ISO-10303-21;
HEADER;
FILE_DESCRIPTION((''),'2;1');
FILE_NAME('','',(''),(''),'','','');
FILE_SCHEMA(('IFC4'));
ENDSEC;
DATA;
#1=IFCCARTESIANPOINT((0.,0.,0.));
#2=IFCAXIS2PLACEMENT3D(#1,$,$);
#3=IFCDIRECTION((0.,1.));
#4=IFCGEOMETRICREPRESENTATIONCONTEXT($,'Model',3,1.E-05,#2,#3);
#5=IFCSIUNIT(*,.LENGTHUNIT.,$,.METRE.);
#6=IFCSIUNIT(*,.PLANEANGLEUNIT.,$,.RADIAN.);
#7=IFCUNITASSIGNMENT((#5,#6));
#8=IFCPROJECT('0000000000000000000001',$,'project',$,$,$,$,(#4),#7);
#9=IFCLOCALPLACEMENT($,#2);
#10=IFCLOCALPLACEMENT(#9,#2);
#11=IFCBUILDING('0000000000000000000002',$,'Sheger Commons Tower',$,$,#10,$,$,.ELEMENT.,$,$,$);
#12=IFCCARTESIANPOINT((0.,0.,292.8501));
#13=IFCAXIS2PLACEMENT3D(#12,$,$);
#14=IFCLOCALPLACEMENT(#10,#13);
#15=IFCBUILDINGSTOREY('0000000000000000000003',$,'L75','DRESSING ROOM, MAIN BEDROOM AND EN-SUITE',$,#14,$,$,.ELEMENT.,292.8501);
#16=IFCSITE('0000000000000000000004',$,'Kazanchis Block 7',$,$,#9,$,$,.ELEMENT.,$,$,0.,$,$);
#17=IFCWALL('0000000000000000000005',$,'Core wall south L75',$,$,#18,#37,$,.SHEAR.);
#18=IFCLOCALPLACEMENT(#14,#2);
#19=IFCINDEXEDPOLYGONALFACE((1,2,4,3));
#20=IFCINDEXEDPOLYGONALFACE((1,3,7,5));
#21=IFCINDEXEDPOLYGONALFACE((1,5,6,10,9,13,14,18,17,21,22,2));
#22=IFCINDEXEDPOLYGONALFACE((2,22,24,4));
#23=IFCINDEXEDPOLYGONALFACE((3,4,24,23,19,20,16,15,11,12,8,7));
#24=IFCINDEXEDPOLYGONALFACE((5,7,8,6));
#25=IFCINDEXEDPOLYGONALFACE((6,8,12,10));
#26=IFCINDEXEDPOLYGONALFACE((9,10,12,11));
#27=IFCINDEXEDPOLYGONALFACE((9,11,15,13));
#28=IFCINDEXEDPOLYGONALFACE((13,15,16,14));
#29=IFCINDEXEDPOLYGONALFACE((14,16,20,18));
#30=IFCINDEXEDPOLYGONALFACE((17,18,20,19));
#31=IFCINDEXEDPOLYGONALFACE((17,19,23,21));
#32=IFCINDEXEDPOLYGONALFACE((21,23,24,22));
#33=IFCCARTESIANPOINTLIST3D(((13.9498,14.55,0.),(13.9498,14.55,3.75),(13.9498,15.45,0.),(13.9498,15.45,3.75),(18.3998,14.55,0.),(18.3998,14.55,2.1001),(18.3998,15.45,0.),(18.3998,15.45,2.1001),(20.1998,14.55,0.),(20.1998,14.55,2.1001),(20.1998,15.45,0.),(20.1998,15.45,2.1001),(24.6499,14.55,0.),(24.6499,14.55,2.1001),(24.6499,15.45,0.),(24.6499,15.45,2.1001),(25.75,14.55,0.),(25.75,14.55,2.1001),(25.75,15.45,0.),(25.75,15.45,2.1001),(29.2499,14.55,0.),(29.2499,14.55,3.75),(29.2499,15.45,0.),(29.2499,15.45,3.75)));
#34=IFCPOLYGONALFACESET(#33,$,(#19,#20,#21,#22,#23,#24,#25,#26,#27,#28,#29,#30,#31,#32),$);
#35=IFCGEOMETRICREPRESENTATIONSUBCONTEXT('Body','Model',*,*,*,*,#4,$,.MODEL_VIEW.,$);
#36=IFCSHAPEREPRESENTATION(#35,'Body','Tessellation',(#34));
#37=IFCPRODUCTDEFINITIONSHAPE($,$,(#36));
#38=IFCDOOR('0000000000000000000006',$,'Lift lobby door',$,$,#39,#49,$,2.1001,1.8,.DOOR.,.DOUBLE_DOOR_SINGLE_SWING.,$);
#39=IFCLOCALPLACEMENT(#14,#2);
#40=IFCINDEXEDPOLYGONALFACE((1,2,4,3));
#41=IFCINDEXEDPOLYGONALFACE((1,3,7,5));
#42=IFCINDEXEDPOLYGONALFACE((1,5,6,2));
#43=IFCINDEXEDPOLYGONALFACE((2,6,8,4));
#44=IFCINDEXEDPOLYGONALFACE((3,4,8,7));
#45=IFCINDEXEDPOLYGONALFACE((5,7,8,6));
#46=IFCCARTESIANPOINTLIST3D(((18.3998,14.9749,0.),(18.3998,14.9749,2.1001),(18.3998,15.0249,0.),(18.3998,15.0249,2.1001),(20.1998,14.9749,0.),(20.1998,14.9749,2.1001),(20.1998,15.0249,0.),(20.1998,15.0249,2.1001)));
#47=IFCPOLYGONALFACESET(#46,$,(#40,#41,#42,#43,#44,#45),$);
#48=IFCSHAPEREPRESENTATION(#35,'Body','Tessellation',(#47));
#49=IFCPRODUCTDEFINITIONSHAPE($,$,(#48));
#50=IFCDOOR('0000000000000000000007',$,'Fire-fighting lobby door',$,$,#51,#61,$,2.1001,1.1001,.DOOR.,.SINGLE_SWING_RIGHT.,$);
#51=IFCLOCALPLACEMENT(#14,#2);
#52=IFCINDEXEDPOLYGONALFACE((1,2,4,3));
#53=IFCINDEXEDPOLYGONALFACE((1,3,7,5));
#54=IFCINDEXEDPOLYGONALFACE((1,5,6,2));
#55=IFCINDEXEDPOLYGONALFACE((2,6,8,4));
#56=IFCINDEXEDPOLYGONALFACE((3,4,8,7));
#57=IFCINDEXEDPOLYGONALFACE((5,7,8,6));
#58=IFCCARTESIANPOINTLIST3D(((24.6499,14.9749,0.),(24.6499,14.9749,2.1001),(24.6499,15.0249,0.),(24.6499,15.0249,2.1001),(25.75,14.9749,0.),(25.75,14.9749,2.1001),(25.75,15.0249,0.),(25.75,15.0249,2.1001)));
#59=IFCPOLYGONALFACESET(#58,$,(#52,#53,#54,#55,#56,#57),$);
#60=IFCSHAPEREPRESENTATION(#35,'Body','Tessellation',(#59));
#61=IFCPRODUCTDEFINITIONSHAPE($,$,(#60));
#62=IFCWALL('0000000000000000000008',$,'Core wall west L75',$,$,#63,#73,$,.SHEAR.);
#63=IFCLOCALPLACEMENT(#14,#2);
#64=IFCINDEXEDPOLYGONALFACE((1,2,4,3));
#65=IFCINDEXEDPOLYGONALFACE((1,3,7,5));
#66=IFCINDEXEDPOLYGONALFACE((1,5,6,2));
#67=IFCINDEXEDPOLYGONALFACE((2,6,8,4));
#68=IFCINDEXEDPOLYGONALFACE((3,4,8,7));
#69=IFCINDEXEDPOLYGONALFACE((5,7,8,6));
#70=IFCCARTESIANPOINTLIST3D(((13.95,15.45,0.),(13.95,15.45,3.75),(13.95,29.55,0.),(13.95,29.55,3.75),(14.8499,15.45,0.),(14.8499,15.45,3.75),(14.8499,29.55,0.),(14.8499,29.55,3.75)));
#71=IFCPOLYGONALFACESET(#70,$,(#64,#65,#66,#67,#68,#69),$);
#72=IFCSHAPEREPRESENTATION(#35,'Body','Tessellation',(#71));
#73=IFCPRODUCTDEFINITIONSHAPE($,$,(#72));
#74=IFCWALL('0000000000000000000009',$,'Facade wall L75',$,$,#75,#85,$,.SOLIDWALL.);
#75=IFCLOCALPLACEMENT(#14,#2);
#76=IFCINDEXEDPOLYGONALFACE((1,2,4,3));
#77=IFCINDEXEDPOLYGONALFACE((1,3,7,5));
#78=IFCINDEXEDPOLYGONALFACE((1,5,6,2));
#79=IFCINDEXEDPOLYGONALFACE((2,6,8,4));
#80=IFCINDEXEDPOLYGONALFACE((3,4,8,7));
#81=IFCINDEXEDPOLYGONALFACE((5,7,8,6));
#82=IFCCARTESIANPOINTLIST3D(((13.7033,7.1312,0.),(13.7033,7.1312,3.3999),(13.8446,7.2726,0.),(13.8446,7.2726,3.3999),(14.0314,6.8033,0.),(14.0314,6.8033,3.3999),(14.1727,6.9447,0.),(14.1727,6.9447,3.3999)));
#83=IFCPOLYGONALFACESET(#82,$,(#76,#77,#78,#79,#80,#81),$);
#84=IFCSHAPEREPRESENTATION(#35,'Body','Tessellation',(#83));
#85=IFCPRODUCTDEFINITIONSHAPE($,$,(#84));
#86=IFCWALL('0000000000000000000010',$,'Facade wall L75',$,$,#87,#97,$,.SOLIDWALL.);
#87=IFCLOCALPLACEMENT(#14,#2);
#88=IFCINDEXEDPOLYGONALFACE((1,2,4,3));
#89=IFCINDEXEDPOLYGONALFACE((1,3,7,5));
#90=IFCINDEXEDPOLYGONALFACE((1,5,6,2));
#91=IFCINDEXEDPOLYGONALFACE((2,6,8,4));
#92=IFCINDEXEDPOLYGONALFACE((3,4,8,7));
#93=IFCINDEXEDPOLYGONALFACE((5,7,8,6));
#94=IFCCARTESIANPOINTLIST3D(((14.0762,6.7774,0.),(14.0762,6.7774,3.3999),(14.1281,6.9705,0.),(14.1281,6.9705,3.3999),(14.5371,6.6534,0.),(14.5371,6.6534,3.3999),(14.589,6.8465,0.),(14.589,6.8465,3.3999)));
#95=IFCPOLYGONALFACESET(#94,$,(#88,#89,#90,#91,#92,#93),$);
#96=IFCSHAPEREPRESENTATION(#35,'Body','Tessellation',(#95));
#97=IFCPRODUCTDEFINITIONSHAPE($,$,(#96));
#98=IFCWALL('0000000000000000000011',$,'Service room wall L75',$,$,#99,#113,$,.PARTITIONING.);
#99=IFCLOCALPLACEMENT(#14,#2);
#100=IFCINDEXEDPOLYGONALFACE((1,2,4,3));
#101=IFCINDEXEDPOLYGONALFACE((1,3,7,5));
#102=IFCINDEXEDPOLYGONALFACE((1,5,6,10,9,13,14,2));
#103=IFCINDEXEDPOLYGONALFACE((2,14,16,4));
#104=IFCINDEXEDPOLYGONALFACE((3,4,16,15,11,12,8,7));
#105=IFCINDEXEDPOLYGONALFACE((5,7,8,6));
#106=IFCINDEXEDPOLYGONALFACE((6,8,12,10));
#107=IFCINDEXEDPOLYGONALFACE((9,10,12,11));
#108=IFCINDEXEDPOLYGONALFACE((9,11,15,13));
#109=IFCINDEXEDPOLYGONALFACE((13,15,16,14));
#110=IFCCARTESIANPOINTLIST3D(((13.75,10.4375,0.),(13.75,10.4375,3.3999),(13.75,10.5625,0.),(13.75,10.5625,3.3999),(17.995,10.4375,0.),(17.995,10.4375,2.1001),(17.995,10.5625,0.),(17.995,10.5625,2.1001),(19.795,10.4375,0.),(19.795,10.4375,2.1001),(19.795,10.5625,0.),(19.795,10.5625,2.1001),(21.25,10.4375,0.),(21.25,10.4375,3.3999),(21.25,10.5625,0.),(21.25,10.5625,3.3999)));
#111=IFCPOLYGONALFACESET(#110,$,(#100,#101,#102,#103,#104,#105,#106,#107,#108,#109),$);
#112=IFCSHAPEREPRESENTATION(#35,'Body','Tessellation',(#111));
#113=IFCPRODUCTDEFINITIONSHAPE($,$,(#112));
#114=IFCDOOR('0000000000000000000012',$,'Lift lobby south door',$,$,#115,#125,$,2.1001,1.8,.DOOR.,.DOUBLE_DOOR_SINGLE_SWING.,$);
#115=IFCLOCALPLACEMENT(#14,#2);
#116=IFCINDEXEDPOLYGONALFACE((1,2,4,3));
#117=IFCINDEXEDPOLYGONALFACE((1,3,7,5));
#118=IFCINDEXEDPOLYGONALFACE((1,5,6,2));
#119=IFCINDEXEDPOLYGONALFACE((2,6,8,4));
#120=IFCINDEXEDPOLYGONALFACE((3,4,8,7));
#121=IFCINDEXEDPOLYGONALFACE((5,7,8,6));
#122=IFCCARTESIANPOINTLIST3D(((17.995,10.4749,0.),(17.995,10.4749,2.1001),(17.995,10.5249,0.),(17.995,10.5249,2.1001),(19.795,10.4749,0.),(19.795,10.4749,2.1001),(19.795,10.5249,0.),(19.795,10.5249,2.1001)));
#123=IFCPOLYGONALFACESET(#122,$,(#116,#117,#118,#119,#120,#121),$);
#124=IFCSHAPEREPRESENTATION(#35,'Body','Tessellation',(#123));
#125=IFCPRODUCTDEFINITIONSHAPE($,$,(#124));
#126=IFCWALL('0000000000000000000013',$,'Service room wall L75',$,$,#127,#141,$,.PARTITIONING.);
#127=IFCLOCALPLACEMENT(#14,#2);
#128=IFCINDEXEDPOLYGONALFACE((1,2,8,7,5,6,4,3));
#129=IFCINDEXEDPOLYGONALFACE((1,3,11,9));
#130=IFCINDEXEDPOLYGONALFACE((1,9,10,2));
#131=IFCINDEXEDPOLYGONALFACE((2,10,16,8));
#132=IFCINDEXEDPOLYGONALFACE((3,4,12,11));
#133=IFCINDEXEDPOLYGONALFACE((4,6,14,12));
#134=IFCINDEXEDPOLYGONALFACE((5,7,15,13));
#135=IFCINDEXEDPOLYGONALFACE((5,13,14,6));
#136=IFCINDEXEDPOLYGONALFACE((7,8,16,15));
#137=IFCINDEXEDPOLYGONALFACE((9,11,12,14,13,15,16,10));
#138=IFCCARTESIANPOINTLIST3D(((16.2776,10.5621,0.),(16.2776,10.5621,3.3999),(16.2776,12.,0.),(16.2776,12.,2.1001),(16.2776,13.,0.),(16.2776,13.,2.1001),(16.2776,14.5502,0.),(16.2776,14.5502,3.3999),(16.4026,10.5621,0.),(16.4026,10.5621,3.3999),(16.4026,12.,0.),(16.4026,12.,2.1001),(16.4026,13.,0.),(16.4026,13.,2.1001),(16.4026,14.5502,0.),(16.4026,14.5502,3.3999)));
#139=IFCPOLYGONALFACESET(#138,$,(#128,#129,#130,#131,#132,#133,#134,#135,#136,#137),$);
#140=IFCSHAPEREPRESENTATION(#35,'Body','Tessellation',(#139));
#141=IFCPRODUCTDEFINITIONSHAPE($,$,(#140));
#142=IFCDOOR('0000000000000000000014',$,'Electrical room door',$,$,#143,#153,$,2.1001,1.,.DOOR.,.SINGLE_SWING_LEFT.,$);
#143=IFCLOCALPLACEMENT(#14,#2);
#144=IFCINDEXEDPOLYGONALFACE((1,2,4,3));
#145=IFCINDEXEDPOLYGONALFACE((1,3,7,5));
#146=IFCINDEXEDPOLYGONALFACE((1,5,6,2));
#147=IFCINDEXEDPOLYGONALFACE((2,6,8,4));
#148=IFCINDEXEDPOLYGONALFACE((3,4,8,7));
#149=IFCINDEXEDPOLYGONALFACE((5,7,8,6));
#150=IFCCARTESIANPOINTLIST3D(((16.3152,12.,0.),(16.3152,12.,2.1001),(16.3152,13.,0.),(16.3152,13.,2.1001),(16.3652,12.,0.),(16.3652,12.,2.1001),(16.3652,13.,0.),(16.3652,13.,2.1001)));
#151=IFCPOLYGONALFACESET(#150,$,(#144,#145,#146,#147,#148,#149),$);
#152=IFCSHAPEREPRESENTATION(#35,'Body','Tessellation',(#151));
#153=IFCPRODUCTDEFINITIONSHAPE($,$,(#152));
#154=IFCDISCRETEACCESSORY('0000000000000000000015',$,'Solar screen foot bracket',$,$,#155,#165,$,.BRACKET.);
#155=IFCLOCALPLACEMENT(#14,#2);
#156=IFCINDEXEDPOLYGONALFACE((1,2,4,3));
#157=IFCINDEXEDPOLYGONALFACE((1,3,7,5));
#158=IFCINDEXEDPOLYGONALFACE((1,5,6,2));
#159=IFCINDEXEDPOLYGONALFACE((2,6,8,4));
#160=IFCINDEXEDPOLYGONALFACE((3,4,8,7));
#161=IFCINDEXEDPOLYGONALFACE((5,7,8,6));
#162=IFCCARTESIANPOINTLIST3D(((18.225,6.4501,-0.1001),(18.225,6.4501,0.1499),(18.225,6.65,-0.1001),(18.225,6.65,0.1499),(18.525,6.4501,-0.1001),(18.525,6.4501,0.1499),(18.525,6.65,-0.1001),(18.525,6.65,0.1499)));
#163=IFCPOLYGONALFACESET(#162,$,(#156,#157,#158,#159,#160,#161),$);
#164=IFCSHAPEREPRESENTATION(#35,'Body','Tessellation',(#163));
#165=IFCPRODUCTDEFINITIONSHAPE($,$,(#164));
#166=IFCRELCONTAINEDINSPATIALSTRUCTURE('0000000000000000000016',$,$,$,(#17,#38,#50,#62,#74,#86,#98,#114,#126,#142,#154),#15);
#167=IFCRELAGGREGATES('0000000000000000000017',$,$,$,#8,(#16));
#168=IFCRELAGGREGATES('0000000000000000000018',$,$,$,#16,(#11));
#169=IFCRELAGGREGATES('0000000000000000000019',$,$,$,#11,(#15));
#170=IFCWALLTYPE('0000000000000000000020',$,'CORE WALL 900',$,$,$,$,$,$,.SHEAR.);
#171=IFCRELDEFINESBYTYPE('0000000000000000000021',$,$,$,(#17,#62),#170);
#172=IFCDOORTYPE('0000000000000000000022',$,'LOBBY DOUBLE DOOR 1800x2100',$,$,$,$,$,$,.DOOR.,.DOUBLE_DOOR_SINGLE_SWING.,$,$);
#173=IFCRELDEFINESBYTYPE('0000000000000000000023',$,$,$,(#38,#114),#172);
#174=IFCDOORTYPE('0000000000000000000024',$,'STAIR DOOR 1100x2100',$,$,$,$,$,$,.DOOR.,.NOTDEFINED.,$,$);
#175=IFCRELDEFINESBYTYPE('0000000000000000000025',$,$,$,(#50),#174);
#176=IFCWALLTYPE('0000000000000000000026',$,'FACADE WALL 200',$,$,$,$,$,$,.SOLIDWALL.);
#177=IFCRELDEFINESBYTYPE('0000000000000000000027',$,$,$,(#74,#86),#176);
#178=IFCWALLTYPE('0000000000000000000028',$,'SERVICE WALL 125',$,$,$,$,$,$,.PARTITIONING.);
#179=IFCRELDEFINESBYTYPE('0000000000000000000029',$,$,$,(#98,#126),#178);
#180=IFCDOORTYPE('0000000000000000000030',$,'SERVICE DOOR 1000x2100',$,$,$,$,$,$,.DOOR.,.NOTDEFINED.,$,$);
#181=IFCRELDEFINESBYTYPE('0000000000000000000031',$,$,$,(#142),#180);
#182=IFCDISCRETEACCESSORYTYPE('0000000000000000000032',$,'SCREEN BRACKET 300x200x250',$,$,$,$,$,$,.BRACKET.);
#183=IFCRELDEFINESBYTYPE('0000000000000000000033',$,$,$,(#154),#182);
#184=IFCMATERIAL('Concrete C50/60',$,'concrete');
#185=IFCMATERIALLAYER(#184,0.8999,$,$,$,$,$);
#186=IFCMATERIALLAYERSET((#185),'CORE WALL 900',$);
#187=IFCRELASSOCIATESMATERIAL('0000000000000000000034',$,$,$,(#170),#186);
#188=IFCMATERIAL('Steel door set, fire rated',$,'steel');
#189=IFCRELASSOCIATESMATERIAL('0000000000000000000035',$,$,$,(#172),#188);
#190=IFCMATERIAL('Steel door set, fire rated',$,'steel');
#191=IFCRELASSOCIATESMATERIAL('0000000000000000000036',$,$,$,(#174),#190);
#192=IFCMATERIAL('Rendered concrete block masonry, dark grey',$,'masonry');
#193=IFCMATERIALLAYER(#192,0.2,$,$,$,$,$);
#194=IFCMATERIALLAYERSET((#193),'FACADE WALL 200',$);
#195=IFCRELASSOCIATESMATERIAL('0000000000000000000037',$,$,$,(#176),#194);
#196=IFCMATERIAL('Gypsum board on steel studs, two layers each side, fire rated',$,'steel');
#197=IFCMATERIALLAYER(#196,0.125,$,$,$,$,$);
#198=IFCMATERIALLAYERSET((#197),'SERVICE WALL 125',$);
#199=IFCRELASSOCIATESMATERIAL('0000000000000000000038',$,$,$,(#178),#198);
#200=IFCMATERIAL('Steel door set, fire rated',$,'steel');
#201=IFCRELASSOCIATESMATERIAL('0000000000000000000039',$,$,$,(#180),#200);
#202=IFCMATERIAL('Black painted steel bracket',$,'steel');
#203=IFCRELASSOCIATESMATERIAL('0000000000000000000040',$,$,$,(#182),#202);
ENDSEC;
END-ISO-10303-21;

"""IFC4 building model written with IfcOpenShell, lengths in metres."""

from ifc_helpers import new_model, si_unit, direction, frame, frame_2d, origin, origin_2d, place, context, subcontext, project, spatial, rectangle, extrude, material, layer, layer_set, type_object, element, fill, save


model = new_model("IFC4")

# Units and contexts
model_context = context("Model", 3, precision=1e-05, world=origin(), true_north=direction((0.0, 1.0)))
body_context = subcontext(model_context, "Body", "Model", "MODEL_VIEW")
ifc_project = project(units=[si_unit("LENGTHUNIT", "METRE"), si_unit("PLANEANGLEUNIT", "RADIAN")], contexts=[model_context])

# Site, building, storey
site_placement = place(None, origin())
site = spatial("IfcSite", under=ifc_project, at=site_placement, Name="Kazanchis Block 7", CompositionType="ELEMENT", RefElevation=0.0)
building_placement = place(site_placement, origin())
building = spatial("IfcBuilding", under=site, at=building_placement, Name="Sheger Commons Tower", CompositionType="ELEMENT")
storey_placement = place(building_placement, frame((0.0, 0.0, 292.8501)))
storey = spatial("IfcBuildingStorey", under=building, at=storey_placement, Name="L75", Description="DRESSING ROOM, MAIN BEDROOM AND EN-SUITE", CompositionType="ELEMENT", Elevation=292.8501)

# Wall, openings, doors
ifc_material_1 = material(Name="Concrete C50/60", Category="concrete")
ifc_layer_1 = layer(ifc_material_1, 0.8999)
ifc_layer_set_1 = layer_set([ifc_layer_1], Name="CORE WALL 900")
wall_type_1 = type_object("IfcWallType", Name="CORE WALL 900", PredefinedType="SHEAR", material=ifc_layer_set_1)
wall_1_placement = place(storey_placement, frame((13.95, 15.0, 0.0), z_axis=(0.0, 0.0, 1.0), x_axis=(1.0, 0.0, 0.0)))
wall_1 = element("IfcWall", 1, at=wall_1_placement, inside=storey, type_object=wall_type_1, Name="Core wall south L75", PredefinedType="SHEAR", context=body_context, shape_type="SweptSolid", body=[
    extrude(rectangle(XDim=15.3, YDim=0.8999, at=frame_2d((7.6499, 0.0))), origin(), (0.0, 0.0, 1.0), 3.75),
])
opening_1_placement = place(wall_1_placement, frame((4.45, 0.0, 0.0)))
opening_1 = element("IfcOpeningElement", 2, at=opening_1_placement, cuts=wall_1, PredefinedType="OPENING", context=body_context, shape_type="SweptSolid", body=[
    extrude(rectangle(XDim=1.8, YDim=2.1001, at=frame_2d((0.8999, 1.05))), frame((0.0, 0.46, 0.0), z_axis=(0.0, -1.0, 0.0), x_axis=(1.0, 0.0, 0.0)), (0.0, 0.0, 1.0), 0.9199),
])
opening_2_placement = place(wall_1_placement, frame((10.7, 0.0, 0.0)))
opening_2 = element("IfcOpeningElement", 3, at=opening_2_placement, cuts=wall_1, PredefinedType="OPENING", context=body_context, shape_type="SweptSolid", body=[
    extrude(rectangle(XDim=1.1001, YDim=2.1001, at=frame_2d((0.55, 1.05))), frame((0.0, 0.46, 0.0), z_axis=(0.0, -1.0, 0.0), x_axis=(1.0, 0.0, 0.0)), (0.0, 0.0, 1.0), 0.9199),
])
ifc_material_2 = material(Name="Steel door set, fire rated", Category="steel")
door_type_1 = type_object("IfcDoorType", Name="LOBBY DOUBLE DOOR 1800x2100", OperationType="DOUBLE_DOOR_SINGLE_SWING", PredefinedType="DOOR", material=ifc_material_2)
door_1_placement = place(opening_1_placement, origin())
door_1 = element("IfcDoor", 4, at=door_1_placement, inside=storey, type_object=door_type_1, Name="Lift lobby door", OperationType="DOUBLE_DOOR_SINGLE_SWING", OverallHeight=2.1001, OverallWidth=1.8, PredefinedType="DOOR", context=body_context, shape_type="SweptSolid", body=[
    extrude(rectangle(XDim=1.8, YDim=2.1001, at=frame_2d((0.8999, 1.05))), frame((0.0, 0.0249, 0.0), z_axis=(0.0, -1.0, 0.0), x_axis=(1.0, 0.0, 0.0)), (0.0, 0.0, 1.0), 0.05),
])
fill(opening_1, door_1)
ifc_material_3 = material(Name="Steel door set, fire rated", Category="steel")
door_type_2 = type_object("IfcDoorType", Name="STAIR DOOR 1100x2100", OperationType="NOTDEFINED", PredefinedType="DOOR", material=ifc_material_3)
door_2_placement = place(opening_2_placement, origin())
door_2 = element("IfcDoor", 5, at=door_2_placement, inside=storey, type_object=door_type_2, Name="Fire-fighting lobby door", OperationType="SINGLE_SWING_RIGHT", OverallHeight=2.1001, OverallWidth=1.1001, PredefinedType="DOOR", context=body_context, shape_type="SweptSolid", body=[
    extrude(rectangle(XDim=1.1001, YDim=2.1001, at=frame_2d((0.55, 1.05))), frame((0.0, 0.0249, 0.0), z_axis=(0.0, -1.0, 0.0), x_axis=(1.0, 0.0, 0.0)), (0.0, 0.0, 1.0), 0.05),
])
fill(opening_2, door_2)

# Walls
wall_2_placement = place(storey_placement, frame((14.3999, 15.45, 0.0), z_axis=(0.0, 0.0, 1.0), x_axis=(0.0, 1.0, 0.0)))
element("IfcWall", 6, at=wall_2_placement, inside=storey, type_object=wall_type_1, Name="Core wall west L75", PredefinedType="SHEAR", context=body_context, shape_type="SweptSolid", body=[
    extrude(rectangle(XDim=14.1001, YDim=0.8999, at=frame_2d((7.05, 0.0))), origin(), (0.0, 0.0, 1.0), 3.75),
])
ifc_material_4 = material(Name="Rendered concrete block masonry, dark grey", Category="masonry")
ifc_layer_2 = layer(ifc_material_4, 0.2)
ifc_layer_set_2 = layer_set([ifc_layer_2], Name="FACADE WALL 200")
wall_type_2 = type_object("IfcWallType", Name="FACADE WALL 200", PredefinedType="SOLIDWALL", material=ifc_layer_set_2)
wall_3_placement = place(storey_placement, frame((13.7739, 7.2019, 0.0), z_axis=(0.0, 0.0, 1.0), x_axis=(0.70737, -0.706844, 0.0)))
element("IfcWall", 7, at=wall_3_placement, inside=storey, type_object=wall_type_2, Name="Facade wall L75", PredefinedType="SOLIDWALL", context=body_context, shape_type="SweptSolid", body=[
    extrude(rectangle(XDim=0.4639, YDim=0.2, at=frame_2d((0.2319, 0.0))), origin(), (0.0, 0.0, 1.0), 3.3999),
])
wall_4_placement = place(storey_placement, frame((14.1021, 6.874, 0.0), z_axis=(0.0, 0.0, 1.0), x_axis=(0.965655, -0.259827, 0.0)))
element("IfcWall", 8, at=wall_4_placement, inside=storey, type_object=wall_type_2, Name="Facade wall L75", PredefinedType="SOLIDWALL", context=body_context, shape_type="SweptSolid", body=[
    extrude(rectangle(XDim=0.4773, YDim=0.2, at=frame_2d((0.2388, 0.0))), origin(), (0.0, 0.0, 1.0), 3.3999),
])

# Walls, openings, doors
ifc_material_5 = material(Name="Gypsum board on steel studs, two layers each side, fire rated", Category="steel")
ifc_layer_3 = layer(ifc_material_5, 0.125)
ifc_layer_set_3 = layer_set([ifc_layer_3], Name="SERVICE WALL 125")
wall_type_3 = type_object("IfcWallType", Name="SERVICE WALL 125", PredefinedType="PARTITIONING", material=ifc_layer_set_3)
wall_5_placement = place(storey_placement, frame((13.75, 10.5, 0.0), z_axis=(0.0, 0.0, 1.0), x_axis=(1.0, 0.0, 0.0)))
wall_5 = element("IfcWall", 9, at=wall_5_placement, inside=storey, type_object=wall_type_3, Name="Service room wall L75", PredefinedType="PARTITIONING", context=body_context, shape_type="SweptSolid", body=[
    extrude(rectangle(XDim=7.5, YDim=0.125, at=frame_2d((3.75, 0.0))), origin(), (0.0, 0.0, 1.0), 3.3999),
])
opening_3_placement = place(wall_5_placement, frame((4.2451, 0.0, 0.0)))
opening_3 = element("IfcOpeningElement", 10, at=opening_3_placement, cuts=wall_5, PredefinedType="OPENING", context=body_context, shape_type="SweptSolid", body=[
    extrude(rectangle(XDim=1.8, YDim=2.1001, at=frame_2d((0.8999, 1.05))), frame((0.0, 0.0725, 0.0), z_axis=(0.0, -1.0, 0.0), x_axis=(1.0, 0.0, 0.0)), (0.0, 0.0, 1.0), 0.145),
])
door_3_placement = place(opening_3_placement, origin())
door_3 = element("IfcDoor", 11, at=door_3_placement, inside=storey, type_object=door_type_1, Name="Lift lobby south door", OperationType="DOUBLE_DOOR_SINGLE_SWING", OverallHeight=2.1001, OverallWidth=1.8, PredefinedType="DOOR", context=body_context, shape_type="SweptSolid", body=[
    extrude(rectangle(XDim=1.8, YDim=2.1001, at=frame_2d((0.8999, 1.05))), frame((0.0, 0.0249, 0.0), z_axis=(0.0, -1.0, 0.0), x_axis=(1.0, 0.0, 0.0)), (0.0, 0.0, 1.0), 0.05),
])
fill(opening_3, door_3)
wall_6_placement = place(storey_placement, frame((16.3401, 10.562, 0.0), z_axis=(0.0, 0.0, 1.0), x_axis=(0.0, 1.0, 0.0)))
wall_6 = element("IfcWall", 12, at=wall_6_placement, inside=storey, type_object=wall_type_3, Name="Service room wall L75", PredefinedType="PARTITIONING", context=body_context, shape_type="SweptSolid", body=[
    extrude(rectangle(XDim=3.988, YDim=0.125, at=frame_2d((1.9941, 0.0))), origin(), (0.0, 0.0, 1.0), 3.3999),
])
opening_4_placement = place(wall_6_placement, frame((1.438, 0.0, 0.0)))
opening_4 = element("IfcOpeningElement", 13, at=opening_4_placement, cuts=wall_6, PredefinedType="OPENING", context=body_context, shape_type="SweptSolid", body=[
    extrude(rectangle(XDim=1.0, YDim=2.1001, at=frame_2d((0.5, 1.05))), frame((0.0, 0.0725, 0.0), z_axis=(0.0, -1.0, 0.0), x_axis=(1.0, 0.0, 0.0)), (0.0, 0.0, 1.0), 0.145),
])
ifc_material_6 = material(Name="Steel door set, fire rated", Category="steel")
door_type_3 = type_object("IfcDoorType", Name="SERVICE DOOR 1000x2100", OperationType="NOTDEFINED", PredefinedType="DOOR", material=ifc_material_6)
door_4_placement = place(opening_4_placement, origin())
door_4 = element("IfcDoor", 14, at=door_4_placement, inside=storey, type_object=door_type_3, Name="Electrical room door", OperationType="SINGLE_SWING_LEFT", OverallHeight=2.1001, OverallWidth=1.0, PredefinedType="DOOR", context=body_context, shape_type="SweptSolid", body=[
    extrude(rectangle(XDim=1.0, YDim=2.1001, at=frame_2d((0.5, 1.05))), frame((0.0, 0.0249, 0.0), z_axis=(0.0, -1.0, 0.0), x_axis=(1.0, 0.0, 0.0)), (0.0, 0.0, 1.0), 0.05),
])
fill(opening_4, door_4)

# Discrete accessory
ifc_material_7 = material(Name="Black painted steel bracket", Category="steel")
discrete_accessory_type = type_object("IfcDiscreteAccessoryType", Name="SCREEN BRACKET 300x200x250", PredefinedType="BRACKET", material=ifc_material_7)
discrete_accessory_placement = place(storey_placement, frame((18.375, 6.55, -0.1001), z_axis=(0.0, 0.0, 1.0), x_axis=(1.0, 0.0, 0.0)))
element("IfcDiscreteAccessory", 15, at=discrete_accessory_placement, inside=storey, type_object=discrete_accessory_type, Name="Solar screen foot bracket", PredefinedType="BRACKET", context=body_context, shape_type="SweptSolid", body=[
    extrude(rectangle(XDim=0.3, YDim=0.2, at=origin_2d()), origin(), (0.0, 0.0, 1.0), 0.25),
])

save(model, "model.ifc")
